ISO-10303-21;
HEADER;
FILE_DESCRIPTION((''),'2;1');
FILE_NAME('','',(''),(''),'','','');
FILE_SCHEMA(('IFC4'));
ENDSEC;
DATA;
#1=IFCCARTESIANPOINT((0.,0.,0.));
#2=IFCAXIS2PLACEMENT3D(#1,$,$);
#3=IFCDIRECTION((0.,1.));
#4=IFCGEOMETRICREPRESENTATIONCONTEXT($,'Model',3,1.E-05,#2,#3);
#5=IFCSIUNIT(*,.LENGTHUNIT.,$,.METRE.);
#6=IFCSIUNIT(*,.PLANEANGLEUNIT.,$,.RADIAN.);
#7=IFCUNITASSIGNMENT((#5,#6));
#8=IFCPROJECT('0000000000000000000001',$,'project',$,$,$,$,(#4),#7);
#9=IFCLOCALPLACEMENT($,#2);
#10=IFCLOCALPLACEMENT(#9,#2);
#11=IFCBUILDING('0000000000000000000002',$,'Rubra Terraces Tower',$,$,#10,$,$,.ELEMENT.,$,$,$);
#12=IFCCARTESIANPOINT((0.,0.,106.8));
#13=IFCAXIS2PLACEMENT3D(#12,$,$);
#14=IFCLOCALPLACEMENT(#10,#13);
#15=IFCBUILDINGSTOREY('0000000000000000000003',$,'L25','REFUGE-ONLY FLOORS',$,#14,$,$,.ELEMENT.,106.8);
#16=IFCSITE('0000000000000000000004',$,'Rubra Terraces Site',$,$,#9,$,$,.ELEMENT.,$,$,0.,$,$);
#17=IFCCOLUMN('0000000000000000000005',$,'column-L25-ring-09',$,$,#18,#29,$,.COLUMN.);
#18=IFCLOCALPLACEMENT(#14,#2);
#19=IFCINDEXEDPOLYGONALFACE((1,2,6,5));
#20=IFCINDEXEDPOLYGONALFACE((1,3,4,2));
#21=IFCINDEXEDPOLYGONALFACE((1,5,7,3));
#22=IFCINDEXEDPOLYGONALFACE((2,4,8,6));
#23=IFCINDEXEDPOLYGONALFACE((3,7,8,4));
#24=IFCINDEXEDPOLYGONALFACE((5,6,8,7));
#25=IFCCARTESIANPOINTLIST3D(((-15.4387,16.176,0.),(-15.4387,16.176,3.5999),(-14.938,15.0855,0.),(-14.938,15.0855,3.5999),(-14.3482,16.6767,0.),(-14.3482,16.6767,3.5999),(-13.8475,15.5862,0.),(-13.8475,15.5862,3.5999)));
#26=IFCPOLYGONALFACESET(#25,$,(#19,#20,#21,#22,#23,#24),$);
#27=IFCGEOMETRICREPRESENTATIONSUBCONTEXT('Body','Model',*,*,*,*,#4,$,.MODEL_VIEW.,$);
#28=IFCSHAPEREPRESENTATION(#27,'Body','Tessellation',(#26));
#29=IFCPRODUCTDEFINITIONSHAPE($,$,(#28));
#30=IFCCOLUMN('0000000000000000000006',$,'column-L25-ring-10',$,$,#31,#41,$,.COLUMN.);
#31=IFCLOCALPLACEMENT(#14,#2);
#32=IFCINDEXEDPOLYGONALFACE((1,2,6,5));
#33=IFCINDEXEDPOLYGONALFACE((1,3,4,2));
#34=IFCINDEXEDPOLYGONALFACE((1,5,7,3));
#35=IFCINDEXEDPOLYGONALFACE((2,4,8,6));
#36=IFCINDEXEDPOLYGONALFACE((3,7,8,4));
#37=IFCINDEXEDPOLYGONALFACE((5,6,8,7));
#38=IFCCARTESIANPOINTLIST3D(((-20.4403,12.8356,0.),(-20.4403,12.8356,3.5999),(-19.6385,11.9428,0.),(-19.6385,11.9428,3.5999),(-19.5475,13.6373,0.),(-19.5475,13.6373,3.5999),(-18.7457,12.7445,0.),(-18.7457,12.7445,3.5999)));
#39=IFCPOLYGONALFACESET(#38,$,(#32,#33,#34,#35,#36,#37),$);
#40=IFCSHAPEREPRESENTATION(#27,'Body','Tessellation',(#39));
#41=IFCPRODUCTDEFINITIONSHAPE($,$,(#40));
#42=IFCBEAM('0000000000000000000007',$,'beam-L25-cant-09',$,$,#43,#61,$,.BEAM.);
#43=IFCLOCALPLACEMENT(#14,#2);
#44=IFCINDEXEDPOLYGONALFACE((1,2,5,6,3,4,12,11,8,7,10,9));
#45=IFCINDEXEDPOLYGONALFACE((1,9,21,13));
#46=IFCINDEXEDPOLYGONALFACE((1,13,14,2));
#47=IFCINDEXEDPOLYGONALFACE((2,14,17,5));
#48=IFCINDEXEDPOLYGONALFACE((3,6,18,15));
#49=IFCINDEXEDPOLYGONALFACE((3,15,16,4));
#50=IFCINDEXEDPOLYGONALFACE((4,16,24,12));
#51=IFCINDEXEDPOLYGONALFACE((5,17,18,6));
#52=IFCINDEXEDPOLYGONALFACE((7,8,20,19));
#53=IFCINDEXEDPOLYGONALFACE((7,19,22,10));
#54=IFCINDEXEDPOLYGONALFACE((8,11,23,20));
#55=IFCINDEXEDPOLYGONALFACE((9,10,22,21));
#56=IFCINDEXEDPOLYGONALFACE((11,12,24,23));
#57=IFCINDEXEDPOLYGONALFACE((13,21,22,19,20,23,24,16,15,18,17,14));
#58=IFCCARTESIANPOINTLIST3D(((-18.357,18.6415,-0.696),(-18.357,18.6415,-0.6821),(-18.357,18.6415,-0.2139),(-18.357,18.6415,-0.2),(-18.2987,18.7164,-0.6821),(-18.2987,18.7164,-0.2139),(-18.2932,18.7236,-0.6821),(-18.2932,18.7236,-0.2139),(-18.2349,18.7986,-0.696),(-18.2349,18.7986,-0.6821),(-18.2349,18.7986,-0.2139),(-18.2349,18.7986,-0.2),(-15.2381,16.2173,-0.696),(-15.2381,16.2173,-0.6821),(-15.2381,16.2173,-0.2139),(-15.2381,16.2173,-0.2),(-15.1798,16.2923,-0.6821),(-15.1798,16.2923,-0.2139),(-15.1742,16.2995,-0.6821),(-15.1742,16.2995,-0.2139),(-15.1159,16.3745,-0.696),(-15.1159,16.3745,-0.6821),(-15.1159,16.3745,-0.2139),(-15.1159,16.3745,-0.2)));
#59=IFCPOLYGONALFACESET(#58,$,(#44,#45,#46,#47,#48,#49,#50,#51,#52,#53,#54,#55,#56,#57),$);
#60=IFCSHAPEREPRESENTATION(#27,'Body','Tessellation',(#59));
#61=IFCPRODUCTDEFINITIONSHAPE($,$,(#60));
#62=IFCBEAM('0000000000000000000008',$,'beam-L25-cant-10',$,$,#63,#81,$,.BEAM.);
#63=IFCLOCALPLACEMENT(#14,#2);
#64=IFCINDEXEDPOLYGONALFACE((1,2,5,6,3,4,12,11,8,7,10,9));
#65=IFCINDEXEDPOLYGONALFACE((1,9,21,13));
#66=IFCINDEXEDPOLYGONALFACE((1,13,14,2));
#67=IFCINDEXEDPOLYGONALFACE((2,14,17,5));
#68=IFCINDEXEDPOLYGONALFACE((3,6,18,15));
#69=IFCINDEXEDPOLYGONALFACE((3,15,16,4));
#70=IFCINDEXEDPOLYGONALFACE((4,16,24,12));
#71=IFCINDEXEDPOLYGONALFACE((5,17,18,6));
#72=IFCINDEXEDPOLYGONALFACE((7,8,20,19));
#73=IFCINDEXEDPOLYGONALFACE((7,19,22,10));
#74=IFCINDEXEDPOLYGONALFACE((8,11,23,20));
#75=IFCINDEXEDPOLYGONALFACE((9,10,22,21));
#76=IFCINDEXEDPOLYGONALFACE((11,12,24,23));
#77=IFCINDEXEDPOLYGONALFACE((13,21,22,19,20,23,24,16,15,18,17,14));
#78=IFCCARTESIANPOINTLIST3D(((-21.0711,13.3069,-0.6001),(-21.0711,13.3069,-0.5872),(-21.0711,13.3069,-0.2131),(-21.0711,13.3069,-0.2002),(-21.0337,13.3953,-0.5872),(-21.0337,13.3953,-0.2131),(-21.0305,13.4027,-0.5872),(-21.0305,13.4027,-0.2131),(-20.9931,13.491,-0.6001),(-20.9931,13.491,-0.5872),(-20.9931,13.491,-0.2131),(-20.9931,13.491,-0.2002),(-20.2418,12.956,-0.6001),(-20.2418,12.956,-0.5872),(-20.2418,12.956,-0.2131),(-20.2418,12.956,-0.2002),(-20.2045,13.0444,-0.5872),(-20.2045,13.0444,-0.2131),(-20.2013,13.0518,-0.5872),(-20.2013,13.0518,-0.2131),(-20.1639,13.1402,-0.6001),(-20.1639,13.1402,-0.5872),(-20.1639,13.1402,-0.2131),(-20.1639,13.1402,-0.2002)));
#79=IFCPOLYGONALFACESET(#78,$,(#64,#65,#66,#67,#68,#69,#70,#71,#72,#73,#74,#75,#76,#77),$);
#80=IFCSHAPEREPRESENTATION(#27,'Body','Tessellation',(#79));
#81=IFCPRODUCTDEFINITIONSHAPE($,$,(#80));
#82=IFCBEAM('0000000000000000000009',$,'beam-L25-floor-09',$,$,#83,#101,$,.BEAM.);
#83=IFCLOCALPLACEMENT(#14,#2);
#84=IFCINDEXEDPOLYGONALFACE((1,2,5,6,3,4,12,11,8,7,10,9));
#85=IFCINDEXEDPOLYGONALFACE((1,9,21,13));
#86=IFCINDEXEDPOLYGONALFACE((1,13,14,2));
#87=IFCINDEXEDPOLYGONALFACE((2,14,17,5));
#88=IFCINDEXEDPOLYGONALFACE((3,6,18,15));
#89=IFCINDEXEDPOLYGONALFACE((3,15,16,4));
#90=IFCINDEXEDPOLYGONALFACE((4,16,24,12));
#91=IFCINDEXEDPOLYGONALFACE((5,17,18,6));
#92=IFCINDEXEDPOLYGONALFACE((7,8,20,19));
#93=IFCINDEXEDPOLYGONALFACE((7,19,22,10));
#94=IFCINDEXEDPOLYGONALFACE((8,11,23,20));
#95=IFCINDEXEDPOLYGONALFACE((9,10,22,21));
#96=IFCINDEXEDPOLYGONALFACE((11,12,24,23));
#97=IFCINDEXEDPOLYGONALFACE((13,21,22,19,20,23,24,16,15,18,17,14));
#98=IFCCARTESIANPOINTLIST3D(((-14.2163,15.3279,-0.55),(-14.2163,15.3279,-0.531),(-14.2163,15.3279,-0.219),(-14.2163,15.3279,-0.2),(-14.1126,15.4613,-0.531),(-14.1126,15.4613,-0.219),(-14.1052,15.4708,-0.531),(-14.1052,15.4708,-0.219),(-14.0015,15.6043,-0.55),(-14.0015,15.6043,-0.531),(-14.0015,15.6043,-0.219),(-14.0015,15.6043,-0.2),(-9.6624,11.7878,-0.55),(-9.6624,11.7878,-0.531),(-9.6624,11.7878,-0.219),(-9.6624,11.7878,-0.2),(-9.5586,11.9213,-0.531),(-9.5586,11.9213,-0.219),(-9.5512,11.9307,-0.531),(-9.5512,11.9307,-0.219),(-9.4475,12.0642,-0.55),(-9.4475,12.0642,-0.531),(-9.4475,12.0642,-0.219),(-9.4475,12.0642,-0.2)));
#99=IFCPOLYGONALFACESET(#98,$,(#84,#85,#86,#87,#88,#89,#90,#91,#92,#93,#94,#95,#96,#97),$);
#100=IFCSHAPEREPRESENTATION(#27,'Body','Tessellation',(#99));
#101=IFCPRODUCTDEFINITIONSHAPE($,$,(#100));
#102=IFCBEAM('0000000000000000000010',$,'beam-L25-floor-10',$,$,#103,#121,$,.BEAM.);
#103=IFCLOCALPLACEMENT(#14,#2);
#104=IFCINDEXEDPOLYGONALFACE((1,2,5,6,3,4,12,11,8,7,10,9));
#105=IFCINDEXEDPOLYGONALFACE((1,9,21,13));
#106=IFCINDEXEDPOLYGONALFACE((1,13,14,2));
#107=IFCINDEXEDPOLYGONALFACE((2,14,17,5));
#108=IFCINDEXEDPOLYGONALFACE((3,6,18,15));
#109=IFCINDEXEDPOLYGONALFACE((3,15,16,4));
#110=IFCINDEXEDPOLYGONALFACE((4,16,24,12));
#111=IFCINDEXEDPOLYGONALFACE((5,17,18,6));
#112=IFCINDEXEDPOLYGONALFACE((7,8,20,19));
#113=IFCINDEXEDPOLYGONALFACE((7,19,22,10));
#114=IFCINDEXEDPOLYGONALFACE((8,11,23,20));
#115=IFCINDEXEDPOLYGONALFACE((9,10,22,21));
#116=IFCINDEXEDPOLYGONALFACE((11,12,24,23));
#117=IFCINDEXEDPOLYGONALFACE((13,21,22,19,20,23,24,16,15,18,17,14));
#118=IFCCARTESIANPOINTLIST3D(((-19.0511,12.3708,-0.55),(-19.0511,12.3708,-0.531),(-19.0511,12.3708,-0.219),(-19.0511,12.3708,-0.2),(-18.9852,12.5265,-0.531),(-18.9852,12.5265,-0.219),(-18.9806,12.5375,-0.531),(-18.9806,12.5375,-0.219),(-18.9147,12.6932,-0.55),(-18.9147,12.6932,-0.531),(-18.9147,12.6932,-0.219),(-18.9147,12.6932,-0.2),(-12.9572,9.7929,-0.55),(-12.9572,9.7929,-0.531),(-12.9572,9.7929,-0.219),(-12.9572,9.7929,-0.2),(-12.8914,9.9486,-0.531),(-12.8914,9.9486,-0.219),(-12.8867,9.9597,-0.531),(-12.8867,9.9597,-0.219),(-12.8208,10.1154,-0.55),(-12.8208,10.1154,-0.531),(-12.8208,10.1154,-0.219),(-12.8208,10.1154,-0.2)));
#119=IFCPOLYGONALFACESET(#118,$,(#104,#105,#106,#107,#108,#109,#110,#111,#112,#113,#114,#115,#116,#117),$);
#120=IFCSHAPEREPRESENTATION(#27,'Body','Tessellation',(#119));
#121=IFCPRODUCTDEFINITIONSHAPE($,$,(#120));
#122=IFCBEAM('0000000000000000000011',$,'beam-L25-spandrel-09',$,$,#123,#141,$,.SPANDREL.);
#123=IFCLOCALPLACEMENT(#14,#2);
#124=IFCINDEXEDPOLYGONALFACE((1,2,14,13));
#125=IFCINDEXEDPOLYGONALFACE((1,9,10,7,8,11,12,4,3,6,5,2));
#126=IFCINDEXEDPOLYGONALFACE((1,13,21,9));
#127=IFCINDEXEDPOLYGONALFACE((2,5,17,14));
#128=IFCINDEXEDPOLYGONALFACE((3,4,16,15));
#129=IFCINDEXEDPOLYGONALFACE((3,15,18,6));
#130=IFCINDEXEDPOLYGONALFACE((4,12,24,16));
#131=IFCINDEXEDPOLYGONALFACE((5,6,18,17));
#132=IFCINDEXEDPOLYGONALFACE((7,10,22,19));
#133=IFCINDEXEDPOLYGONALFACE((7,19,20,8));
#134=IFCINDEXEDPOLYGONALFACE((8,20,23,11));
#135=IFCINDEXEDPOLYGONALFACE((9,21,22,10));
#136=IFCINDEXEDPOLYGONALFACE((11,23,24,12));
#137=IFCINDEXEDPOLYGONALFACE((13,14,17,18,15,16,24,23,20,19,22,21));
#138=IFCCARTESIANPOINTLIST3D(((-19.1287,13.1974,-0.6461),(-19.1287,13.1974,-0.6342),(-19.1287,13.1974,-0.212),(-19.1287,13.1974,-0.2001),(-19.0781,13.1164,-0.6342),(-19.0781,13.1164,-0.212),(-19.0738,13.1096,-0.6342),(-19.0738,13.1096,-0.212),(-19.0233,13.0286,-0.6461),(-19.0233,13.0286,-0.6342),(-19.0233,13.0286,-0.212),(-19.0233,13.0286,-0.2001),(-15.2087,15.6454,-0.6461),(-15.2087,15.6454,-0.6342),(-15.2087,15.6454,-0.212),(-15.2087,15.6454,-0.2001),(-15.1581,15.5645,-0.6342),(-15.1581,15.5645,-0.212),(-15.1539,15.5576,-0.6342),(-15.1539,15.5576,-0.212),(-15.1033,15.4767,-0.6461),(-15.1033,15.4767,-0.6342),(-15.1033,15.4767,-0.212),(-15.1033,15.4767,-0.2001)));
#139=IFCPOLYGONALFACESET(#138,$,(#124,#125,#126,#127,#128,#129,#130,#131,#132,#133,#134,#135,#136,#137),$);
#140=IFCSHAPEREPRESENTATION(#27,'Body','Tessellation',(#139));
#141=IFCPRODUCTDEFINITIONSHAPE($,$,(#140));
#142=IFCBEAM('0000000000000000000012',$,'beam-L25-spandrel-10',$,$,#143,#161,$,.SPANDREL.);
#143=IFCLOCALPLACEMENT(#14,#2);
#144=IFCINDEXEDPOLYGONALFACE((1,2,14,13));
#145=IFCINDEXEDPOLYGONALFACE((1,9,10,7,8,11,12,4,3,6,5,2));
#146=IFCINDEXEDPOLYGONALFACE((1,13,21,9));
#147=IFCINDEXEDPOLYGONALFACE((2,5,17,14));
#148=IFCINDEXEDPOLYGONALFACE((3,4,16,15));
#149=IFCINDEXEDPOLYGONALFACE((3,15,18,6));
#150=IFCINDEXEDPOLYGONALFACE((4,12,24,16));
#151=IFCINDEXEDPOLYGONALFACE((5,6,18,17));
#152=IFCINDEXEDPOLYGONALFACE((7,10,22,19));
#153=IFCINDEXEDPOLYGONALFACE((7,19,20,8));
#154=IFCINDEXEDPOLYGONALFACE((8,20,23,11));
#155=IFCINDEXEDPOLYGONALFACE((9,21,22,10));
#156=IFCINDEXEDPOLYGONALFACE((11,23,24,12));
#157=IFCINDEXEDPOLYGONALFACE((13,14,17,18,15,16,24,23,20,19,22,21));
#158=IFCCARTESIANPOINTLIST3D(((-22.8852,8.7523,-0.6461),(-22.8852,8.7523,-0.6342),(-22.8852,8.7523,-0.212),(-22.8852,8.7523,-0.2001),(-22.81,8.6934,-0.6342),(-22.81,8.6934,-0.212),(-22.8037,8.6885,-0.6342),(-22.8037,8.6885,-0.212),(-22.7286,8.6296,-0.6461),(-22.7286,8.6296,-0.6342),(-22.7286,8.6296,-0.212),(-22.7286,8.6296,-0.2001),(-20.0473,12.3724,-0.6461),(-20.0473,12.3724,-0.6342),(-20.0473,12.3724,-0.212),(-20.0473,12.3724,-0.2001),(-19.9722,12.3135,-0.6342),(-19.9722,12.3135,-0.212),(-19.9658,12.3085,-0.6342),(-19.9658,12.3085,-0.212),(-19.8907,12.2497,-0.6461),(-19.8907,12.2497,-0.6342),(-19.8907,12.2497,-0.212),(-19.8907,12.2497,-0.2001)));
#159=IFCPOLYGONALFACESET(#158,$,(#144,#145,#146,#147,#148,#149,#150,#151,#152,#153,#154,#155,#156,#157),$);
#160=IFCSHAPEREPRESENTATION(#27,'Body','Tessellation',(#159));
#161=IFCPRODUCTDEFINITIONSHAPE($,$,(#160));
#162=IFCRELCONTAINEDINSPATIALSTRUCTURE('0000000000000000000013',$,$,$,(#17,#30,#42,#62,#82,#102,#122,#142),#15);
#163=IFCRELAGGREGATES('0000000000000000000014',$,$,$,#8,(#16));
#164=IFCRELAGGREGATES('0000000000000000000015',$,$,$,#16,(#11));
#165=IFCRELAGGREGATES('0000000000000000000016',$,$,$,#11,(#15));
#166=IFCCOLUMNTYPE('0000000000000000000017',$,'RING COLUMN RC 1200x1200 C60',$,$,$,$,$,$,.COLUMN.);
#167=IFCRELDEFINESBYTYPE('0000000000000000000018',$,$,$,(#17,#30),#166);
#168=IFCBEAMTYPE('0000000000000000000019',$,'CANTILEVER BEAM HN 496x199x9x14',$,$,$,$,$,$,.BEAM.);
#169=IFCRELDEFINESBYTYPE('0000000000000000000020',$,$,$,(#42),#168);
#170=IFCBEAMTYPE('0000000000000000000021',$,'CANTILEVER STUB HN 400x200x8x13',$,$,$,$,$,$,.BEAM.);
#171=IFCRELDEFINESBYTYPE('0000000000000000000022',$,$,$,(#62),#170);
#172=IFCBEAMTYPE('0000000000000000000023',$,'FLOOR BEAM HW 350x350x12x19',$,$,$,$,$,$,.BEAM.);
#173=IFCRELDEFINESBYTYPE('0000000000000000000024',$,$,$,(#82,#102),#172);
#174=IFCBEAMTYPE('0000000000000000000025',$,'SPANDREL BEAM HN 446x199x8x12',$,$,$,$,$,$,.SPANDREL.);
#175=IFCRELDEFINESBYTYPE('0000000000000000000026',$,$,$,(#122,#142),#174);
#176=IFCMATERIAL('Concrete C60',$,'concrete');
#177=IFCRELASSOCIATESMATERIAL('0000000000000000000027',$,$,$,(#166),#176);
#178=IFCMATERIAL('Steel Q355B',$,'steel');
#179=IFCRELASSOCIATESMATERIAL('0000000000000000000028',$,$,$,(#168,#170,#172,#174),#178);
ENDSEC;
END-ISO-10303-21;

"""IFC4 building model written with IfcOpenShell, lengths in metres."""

from ifc_helpers import new_model, si_unit, direction, frame, origin, origin_2d, place, context, subcontext, project, spatial, rectangle, i_section, extrude, material, material_profile, profile_set, type_object, element, save


model = new_model("IFC4")

# Units and contexts
model_context = context("Model", 3, precision=1e-05, world=origin(), true_north=direction((0.0, 1.0)))
body_context = subcontext(model_context, "Body", "Model", "MODEL_VIEW")
ifc_project = project(units=[si_unit("LENGTHUNIT", "METRE"), si_unit("PLANEANGLEUNIT", "RADIAN")], contexts=[model_context])

# Site, building, storey
site_placement = place(None, origin())
site = spatial("IfcSite", under=ifc_project, at=site_placement, Name="Rubra Terraces Site", CompositionType="ELEMENT", RefElevation=0.0)
building_placement = place(site_placement, origin())
building = spatial("IfcBuilding", under=site, at=building_placement, Name="Rubra Terraces Tower", CompositionType="ELEMENT")
storey_placement = place(building_placement, frame((0.0, 0.0, 106.8)))
storey = spatial("IfcBuildingStorey", under=building, at=storey_placement, Name="L25", Description="REFUGE-ONLY FLOORS", CompositionType="ELEMENT", Elevation=106.8)

# Columns
ifc_material_1 = material(Name="Concrete C60", Category="concrete")
ifc_material_profile_1 = material_profile(ifc_material_1, rectangle(XDim=1.2, YDim=1.2, at=origin_2d()), Name="RC 1200x1200")
ifc_profile_set_1 = profile_set([ifc_material_profile_1], Name="Concrete C60")
column_type = type_object("IfcColumnType", Name="RING COLUMN RC 1200x1200 C60", PredefinedType="COLUMN", material=ifc_profile_set_1)
for number, where, z_axis, x_axis, name in (
    (1, (-14.6431, 15.8811, 0.0), (0.0, 0.0, 1.0), (-0.908779, -0.417279, 0.0), "column-L25-ring-09"),
    (2, (-19.593, 12.79, 0.0), (0.0, 0.0, 1.0), (-0.744021, -0.668156, 0.0), "column-L25-ring-10"),
):
    element("IfcColumn", number, at=place(storey_placement, frame(where, z_axis=z_axis, x_axis=x_axis)), inside=storey, type_object=column_type, Name=name, PredefinedType="COLUMN", context=body_context, shape_type="SweptSolid", body=[
        extrude(rectangle(XDim=1.2, YDim=1.2, at=origin_2d()), origin(), (0.0, 0.0, 1.0), 3.5999),
    ])

# Beams
ifc_material_2 = material(Name="Steel Q355B", Category="steel")
ifc_material_profile_2 = material_profile(ifc_material_2, i_section(OverallWidth=0.199, OverallDepth=0.4961, WebThickness=0.009, FlangeThickness=0.0139, at=origin_2d()), Name="HN 496x199x9x14")
ifc_profile_set_2 = profile_set([ifc_material_profile_2], Name="Steel Q355B")
beam_type_1 = type_object("IfcBeamType", Name="CANTILEVER BEAM HN 496x199x9x14", PredefinedType="BEAM", material=ifc_profile_set_2)
beam_1_placement = place(storey_placement, frame((-15.177, 16.2959, -0.448), z_axis=(-0.789565, 0.613667, 0.0), x_axis=(-0.613667, -0.789565, 0.0)))
element("IfcBeam", 3, at=beam_1_placement, inside=storey, type_object=beam_type_1, Name="beam-L25-cant-09", PredefinedType="BEAM", context=body_context, shape_type="SweptSolid", body=[
    extrude(i_section(OverallWidth=0.199, OverallDepth=0.4961, WebThickness=0.009, FlangeThickness=0.0139, at=origin_2d()), origin(), (0.0, 0.0, 1.0), 3.9502),
])
ifc_material_profile_3 = material_profile(ifc_material_2, i_section(OverallWidth=0.2, OverallDepth=0.3999, WebThickness=0.0081, FlangeThickness=0.0129, at=origin_2d()), Name="HN 400x200x8x13")
ifc_profile_set_3 = profile_set([ifc_material_profile_3], Name="Steel Q355B")
beam_type_2 = type_object("IfcBeamType", Name="CANTILEVER STUB HN 400x200x8x13", PredefinedType="BEAM", material=ifc_profile_set_3)
beam_2_placement = place(storey_placement, frame((-20.2029, 13.0481, -0.4001), z_axis=(-0.920945, 0.389693, 0.0), x_axis=(-0.389693, -0.920945, 0.0)))
element("IfcBeam", 4, at=beam_2_placement, inside=storey, type_object=beam_type_2, Name="beam-L25-cant-10", PredefinedType="BEAM", context=body_context, shape_type="SweptSolid", body=[
    extrude(i_section(OverallWidth=0.2, OverallDepth=0.3999, WebThickness=0.0081, FlangeThickness=0.0129, at=origin_2d()), origin(), (0.0, 0.0, 1.0), 0.9004),
])
ifc_material_profile_4 = material_profile(ifc_material_2, i_section(OverallWidth=0.3501, OverallDepth=0.3501, WebThickness=0.012, FlangeThickness=0.019, at=origin_2d()), Name="HW 350x350x12x19")
ifc_profile_set_4 = profile_set([ifc_material_profile_4], Name="Steel Q355B")
beam_type_3 = type_object("IfcBeamType", Name="FLOOR BEAM HW 350x350x12x19", PredefinedType="BEAM", material=ifc_profile_set_4)
beam_3_placement = place(storey_placement, frame((-14.1089, 15.4661, -0.375), z_axis=(0.789514, -0.613733, 0.0), x_axis=(0.613733, 0.789514, 0.0)))
element("IfcBeam", 5, at=beam_3_placement, inside=storey, type_object=beam_type_3, Name="beam-L25-floor-09", PredefinedType="BEAM", context=body_context, shape_type="SweptSolid", body=[
    extrude(i_section(OverallWidth=0.3501, OverallDepth=0.3501, WebThickness=0.012, FlangeThickness=0.019, at=origin_2d()), origin(), (0.0, 0.0, 1.0), 5.7681),
])
beam_4_placement = place(storey_placement, frame((-18.9829, 12.532, -0.375), z_axis=(0.920986, -0.389595, 0.0), x_axis=(0.389595, 0.920986, 0.0)))
element("IfcBeam", 6, at=beam_4_placement, inside=storey, type_object=beam_type_3, Name="beam-L25-floor-10", PredefinedType="BEAM", context=body_context, shape_type="SweptSolid", body=[
    extrude(i_section(OverallWidth=0.3501, OverallDepth=0.3501, WebThickness=0.012, FlangeThickness=0.019, at=origin_2d()), origin(), (0.0, 0.0, 1.0), 6.6167),
])
ifc_material_profile_5 = material_profile(ifc_material_2, i_section(OverallWidth=0.199, OverallDepth=0.446, WebThickness=0.0081, FlangeThickness=0.012, at=origin_2d()), Name="HN 446x199x8x12")
ifc_profile_set_5 = profile_set([ifc_material_profile_5], Name="Steel Q355B")
beam_type_4 = type_object("IfcBeamType", Name="SPANDREL BEAM HN 446x199x8x12", PredefinedType="SPANDREL", material=ifc_profile_set_5)
beam_5_placement = place(storey_placement, frame((-15.156, 15.561, -0.4231), z_axis=(-0.848188, -0.529695, 0.0), x_axis=(0.529695, -0.848188, 0.0)))
element("IfcBeam", 7, at=beam_5_placement, inside=storey, type_object=beam_type_4, Name="beam-L25-spandrel-09", PredefinedType="SPANDREL", context=body_context, shape_type="SweptSolid", body=[
    extrude(i_section(OverallWidth=0.199, OverallDepth=0.446, WebThickness=0.0081, FlangeThickness=0.012, at=origin_2d()), origin(), (0.0, 0.0, 1.0), 4.6216),
])
beam_6_placement = place(storey_placement, frame((-19.969, 12.311, -0.4231), z_axis=(-0.616949, -0.787003, 0.0), x_axis=(0.787003, -0.616949, 0.0)))
element("IfcBeam", 8, at=beam_6_placement, inside=storey, type_object=beam_type_4, Name="beam-L25-spandrel-10", PredefinedType="SPANDREL", context=body_context, shape_type="SweptSolid", body=[
    extrude(i_section(OverallWidth=0.199, OverallDepth=0.446, WebThickness=0.0081, FlangeThickness=0.012, at=origin_2d()), origin(), (0.0, 0.0, 1.0), 4.5999),
])

save(model, "model.ifc")
